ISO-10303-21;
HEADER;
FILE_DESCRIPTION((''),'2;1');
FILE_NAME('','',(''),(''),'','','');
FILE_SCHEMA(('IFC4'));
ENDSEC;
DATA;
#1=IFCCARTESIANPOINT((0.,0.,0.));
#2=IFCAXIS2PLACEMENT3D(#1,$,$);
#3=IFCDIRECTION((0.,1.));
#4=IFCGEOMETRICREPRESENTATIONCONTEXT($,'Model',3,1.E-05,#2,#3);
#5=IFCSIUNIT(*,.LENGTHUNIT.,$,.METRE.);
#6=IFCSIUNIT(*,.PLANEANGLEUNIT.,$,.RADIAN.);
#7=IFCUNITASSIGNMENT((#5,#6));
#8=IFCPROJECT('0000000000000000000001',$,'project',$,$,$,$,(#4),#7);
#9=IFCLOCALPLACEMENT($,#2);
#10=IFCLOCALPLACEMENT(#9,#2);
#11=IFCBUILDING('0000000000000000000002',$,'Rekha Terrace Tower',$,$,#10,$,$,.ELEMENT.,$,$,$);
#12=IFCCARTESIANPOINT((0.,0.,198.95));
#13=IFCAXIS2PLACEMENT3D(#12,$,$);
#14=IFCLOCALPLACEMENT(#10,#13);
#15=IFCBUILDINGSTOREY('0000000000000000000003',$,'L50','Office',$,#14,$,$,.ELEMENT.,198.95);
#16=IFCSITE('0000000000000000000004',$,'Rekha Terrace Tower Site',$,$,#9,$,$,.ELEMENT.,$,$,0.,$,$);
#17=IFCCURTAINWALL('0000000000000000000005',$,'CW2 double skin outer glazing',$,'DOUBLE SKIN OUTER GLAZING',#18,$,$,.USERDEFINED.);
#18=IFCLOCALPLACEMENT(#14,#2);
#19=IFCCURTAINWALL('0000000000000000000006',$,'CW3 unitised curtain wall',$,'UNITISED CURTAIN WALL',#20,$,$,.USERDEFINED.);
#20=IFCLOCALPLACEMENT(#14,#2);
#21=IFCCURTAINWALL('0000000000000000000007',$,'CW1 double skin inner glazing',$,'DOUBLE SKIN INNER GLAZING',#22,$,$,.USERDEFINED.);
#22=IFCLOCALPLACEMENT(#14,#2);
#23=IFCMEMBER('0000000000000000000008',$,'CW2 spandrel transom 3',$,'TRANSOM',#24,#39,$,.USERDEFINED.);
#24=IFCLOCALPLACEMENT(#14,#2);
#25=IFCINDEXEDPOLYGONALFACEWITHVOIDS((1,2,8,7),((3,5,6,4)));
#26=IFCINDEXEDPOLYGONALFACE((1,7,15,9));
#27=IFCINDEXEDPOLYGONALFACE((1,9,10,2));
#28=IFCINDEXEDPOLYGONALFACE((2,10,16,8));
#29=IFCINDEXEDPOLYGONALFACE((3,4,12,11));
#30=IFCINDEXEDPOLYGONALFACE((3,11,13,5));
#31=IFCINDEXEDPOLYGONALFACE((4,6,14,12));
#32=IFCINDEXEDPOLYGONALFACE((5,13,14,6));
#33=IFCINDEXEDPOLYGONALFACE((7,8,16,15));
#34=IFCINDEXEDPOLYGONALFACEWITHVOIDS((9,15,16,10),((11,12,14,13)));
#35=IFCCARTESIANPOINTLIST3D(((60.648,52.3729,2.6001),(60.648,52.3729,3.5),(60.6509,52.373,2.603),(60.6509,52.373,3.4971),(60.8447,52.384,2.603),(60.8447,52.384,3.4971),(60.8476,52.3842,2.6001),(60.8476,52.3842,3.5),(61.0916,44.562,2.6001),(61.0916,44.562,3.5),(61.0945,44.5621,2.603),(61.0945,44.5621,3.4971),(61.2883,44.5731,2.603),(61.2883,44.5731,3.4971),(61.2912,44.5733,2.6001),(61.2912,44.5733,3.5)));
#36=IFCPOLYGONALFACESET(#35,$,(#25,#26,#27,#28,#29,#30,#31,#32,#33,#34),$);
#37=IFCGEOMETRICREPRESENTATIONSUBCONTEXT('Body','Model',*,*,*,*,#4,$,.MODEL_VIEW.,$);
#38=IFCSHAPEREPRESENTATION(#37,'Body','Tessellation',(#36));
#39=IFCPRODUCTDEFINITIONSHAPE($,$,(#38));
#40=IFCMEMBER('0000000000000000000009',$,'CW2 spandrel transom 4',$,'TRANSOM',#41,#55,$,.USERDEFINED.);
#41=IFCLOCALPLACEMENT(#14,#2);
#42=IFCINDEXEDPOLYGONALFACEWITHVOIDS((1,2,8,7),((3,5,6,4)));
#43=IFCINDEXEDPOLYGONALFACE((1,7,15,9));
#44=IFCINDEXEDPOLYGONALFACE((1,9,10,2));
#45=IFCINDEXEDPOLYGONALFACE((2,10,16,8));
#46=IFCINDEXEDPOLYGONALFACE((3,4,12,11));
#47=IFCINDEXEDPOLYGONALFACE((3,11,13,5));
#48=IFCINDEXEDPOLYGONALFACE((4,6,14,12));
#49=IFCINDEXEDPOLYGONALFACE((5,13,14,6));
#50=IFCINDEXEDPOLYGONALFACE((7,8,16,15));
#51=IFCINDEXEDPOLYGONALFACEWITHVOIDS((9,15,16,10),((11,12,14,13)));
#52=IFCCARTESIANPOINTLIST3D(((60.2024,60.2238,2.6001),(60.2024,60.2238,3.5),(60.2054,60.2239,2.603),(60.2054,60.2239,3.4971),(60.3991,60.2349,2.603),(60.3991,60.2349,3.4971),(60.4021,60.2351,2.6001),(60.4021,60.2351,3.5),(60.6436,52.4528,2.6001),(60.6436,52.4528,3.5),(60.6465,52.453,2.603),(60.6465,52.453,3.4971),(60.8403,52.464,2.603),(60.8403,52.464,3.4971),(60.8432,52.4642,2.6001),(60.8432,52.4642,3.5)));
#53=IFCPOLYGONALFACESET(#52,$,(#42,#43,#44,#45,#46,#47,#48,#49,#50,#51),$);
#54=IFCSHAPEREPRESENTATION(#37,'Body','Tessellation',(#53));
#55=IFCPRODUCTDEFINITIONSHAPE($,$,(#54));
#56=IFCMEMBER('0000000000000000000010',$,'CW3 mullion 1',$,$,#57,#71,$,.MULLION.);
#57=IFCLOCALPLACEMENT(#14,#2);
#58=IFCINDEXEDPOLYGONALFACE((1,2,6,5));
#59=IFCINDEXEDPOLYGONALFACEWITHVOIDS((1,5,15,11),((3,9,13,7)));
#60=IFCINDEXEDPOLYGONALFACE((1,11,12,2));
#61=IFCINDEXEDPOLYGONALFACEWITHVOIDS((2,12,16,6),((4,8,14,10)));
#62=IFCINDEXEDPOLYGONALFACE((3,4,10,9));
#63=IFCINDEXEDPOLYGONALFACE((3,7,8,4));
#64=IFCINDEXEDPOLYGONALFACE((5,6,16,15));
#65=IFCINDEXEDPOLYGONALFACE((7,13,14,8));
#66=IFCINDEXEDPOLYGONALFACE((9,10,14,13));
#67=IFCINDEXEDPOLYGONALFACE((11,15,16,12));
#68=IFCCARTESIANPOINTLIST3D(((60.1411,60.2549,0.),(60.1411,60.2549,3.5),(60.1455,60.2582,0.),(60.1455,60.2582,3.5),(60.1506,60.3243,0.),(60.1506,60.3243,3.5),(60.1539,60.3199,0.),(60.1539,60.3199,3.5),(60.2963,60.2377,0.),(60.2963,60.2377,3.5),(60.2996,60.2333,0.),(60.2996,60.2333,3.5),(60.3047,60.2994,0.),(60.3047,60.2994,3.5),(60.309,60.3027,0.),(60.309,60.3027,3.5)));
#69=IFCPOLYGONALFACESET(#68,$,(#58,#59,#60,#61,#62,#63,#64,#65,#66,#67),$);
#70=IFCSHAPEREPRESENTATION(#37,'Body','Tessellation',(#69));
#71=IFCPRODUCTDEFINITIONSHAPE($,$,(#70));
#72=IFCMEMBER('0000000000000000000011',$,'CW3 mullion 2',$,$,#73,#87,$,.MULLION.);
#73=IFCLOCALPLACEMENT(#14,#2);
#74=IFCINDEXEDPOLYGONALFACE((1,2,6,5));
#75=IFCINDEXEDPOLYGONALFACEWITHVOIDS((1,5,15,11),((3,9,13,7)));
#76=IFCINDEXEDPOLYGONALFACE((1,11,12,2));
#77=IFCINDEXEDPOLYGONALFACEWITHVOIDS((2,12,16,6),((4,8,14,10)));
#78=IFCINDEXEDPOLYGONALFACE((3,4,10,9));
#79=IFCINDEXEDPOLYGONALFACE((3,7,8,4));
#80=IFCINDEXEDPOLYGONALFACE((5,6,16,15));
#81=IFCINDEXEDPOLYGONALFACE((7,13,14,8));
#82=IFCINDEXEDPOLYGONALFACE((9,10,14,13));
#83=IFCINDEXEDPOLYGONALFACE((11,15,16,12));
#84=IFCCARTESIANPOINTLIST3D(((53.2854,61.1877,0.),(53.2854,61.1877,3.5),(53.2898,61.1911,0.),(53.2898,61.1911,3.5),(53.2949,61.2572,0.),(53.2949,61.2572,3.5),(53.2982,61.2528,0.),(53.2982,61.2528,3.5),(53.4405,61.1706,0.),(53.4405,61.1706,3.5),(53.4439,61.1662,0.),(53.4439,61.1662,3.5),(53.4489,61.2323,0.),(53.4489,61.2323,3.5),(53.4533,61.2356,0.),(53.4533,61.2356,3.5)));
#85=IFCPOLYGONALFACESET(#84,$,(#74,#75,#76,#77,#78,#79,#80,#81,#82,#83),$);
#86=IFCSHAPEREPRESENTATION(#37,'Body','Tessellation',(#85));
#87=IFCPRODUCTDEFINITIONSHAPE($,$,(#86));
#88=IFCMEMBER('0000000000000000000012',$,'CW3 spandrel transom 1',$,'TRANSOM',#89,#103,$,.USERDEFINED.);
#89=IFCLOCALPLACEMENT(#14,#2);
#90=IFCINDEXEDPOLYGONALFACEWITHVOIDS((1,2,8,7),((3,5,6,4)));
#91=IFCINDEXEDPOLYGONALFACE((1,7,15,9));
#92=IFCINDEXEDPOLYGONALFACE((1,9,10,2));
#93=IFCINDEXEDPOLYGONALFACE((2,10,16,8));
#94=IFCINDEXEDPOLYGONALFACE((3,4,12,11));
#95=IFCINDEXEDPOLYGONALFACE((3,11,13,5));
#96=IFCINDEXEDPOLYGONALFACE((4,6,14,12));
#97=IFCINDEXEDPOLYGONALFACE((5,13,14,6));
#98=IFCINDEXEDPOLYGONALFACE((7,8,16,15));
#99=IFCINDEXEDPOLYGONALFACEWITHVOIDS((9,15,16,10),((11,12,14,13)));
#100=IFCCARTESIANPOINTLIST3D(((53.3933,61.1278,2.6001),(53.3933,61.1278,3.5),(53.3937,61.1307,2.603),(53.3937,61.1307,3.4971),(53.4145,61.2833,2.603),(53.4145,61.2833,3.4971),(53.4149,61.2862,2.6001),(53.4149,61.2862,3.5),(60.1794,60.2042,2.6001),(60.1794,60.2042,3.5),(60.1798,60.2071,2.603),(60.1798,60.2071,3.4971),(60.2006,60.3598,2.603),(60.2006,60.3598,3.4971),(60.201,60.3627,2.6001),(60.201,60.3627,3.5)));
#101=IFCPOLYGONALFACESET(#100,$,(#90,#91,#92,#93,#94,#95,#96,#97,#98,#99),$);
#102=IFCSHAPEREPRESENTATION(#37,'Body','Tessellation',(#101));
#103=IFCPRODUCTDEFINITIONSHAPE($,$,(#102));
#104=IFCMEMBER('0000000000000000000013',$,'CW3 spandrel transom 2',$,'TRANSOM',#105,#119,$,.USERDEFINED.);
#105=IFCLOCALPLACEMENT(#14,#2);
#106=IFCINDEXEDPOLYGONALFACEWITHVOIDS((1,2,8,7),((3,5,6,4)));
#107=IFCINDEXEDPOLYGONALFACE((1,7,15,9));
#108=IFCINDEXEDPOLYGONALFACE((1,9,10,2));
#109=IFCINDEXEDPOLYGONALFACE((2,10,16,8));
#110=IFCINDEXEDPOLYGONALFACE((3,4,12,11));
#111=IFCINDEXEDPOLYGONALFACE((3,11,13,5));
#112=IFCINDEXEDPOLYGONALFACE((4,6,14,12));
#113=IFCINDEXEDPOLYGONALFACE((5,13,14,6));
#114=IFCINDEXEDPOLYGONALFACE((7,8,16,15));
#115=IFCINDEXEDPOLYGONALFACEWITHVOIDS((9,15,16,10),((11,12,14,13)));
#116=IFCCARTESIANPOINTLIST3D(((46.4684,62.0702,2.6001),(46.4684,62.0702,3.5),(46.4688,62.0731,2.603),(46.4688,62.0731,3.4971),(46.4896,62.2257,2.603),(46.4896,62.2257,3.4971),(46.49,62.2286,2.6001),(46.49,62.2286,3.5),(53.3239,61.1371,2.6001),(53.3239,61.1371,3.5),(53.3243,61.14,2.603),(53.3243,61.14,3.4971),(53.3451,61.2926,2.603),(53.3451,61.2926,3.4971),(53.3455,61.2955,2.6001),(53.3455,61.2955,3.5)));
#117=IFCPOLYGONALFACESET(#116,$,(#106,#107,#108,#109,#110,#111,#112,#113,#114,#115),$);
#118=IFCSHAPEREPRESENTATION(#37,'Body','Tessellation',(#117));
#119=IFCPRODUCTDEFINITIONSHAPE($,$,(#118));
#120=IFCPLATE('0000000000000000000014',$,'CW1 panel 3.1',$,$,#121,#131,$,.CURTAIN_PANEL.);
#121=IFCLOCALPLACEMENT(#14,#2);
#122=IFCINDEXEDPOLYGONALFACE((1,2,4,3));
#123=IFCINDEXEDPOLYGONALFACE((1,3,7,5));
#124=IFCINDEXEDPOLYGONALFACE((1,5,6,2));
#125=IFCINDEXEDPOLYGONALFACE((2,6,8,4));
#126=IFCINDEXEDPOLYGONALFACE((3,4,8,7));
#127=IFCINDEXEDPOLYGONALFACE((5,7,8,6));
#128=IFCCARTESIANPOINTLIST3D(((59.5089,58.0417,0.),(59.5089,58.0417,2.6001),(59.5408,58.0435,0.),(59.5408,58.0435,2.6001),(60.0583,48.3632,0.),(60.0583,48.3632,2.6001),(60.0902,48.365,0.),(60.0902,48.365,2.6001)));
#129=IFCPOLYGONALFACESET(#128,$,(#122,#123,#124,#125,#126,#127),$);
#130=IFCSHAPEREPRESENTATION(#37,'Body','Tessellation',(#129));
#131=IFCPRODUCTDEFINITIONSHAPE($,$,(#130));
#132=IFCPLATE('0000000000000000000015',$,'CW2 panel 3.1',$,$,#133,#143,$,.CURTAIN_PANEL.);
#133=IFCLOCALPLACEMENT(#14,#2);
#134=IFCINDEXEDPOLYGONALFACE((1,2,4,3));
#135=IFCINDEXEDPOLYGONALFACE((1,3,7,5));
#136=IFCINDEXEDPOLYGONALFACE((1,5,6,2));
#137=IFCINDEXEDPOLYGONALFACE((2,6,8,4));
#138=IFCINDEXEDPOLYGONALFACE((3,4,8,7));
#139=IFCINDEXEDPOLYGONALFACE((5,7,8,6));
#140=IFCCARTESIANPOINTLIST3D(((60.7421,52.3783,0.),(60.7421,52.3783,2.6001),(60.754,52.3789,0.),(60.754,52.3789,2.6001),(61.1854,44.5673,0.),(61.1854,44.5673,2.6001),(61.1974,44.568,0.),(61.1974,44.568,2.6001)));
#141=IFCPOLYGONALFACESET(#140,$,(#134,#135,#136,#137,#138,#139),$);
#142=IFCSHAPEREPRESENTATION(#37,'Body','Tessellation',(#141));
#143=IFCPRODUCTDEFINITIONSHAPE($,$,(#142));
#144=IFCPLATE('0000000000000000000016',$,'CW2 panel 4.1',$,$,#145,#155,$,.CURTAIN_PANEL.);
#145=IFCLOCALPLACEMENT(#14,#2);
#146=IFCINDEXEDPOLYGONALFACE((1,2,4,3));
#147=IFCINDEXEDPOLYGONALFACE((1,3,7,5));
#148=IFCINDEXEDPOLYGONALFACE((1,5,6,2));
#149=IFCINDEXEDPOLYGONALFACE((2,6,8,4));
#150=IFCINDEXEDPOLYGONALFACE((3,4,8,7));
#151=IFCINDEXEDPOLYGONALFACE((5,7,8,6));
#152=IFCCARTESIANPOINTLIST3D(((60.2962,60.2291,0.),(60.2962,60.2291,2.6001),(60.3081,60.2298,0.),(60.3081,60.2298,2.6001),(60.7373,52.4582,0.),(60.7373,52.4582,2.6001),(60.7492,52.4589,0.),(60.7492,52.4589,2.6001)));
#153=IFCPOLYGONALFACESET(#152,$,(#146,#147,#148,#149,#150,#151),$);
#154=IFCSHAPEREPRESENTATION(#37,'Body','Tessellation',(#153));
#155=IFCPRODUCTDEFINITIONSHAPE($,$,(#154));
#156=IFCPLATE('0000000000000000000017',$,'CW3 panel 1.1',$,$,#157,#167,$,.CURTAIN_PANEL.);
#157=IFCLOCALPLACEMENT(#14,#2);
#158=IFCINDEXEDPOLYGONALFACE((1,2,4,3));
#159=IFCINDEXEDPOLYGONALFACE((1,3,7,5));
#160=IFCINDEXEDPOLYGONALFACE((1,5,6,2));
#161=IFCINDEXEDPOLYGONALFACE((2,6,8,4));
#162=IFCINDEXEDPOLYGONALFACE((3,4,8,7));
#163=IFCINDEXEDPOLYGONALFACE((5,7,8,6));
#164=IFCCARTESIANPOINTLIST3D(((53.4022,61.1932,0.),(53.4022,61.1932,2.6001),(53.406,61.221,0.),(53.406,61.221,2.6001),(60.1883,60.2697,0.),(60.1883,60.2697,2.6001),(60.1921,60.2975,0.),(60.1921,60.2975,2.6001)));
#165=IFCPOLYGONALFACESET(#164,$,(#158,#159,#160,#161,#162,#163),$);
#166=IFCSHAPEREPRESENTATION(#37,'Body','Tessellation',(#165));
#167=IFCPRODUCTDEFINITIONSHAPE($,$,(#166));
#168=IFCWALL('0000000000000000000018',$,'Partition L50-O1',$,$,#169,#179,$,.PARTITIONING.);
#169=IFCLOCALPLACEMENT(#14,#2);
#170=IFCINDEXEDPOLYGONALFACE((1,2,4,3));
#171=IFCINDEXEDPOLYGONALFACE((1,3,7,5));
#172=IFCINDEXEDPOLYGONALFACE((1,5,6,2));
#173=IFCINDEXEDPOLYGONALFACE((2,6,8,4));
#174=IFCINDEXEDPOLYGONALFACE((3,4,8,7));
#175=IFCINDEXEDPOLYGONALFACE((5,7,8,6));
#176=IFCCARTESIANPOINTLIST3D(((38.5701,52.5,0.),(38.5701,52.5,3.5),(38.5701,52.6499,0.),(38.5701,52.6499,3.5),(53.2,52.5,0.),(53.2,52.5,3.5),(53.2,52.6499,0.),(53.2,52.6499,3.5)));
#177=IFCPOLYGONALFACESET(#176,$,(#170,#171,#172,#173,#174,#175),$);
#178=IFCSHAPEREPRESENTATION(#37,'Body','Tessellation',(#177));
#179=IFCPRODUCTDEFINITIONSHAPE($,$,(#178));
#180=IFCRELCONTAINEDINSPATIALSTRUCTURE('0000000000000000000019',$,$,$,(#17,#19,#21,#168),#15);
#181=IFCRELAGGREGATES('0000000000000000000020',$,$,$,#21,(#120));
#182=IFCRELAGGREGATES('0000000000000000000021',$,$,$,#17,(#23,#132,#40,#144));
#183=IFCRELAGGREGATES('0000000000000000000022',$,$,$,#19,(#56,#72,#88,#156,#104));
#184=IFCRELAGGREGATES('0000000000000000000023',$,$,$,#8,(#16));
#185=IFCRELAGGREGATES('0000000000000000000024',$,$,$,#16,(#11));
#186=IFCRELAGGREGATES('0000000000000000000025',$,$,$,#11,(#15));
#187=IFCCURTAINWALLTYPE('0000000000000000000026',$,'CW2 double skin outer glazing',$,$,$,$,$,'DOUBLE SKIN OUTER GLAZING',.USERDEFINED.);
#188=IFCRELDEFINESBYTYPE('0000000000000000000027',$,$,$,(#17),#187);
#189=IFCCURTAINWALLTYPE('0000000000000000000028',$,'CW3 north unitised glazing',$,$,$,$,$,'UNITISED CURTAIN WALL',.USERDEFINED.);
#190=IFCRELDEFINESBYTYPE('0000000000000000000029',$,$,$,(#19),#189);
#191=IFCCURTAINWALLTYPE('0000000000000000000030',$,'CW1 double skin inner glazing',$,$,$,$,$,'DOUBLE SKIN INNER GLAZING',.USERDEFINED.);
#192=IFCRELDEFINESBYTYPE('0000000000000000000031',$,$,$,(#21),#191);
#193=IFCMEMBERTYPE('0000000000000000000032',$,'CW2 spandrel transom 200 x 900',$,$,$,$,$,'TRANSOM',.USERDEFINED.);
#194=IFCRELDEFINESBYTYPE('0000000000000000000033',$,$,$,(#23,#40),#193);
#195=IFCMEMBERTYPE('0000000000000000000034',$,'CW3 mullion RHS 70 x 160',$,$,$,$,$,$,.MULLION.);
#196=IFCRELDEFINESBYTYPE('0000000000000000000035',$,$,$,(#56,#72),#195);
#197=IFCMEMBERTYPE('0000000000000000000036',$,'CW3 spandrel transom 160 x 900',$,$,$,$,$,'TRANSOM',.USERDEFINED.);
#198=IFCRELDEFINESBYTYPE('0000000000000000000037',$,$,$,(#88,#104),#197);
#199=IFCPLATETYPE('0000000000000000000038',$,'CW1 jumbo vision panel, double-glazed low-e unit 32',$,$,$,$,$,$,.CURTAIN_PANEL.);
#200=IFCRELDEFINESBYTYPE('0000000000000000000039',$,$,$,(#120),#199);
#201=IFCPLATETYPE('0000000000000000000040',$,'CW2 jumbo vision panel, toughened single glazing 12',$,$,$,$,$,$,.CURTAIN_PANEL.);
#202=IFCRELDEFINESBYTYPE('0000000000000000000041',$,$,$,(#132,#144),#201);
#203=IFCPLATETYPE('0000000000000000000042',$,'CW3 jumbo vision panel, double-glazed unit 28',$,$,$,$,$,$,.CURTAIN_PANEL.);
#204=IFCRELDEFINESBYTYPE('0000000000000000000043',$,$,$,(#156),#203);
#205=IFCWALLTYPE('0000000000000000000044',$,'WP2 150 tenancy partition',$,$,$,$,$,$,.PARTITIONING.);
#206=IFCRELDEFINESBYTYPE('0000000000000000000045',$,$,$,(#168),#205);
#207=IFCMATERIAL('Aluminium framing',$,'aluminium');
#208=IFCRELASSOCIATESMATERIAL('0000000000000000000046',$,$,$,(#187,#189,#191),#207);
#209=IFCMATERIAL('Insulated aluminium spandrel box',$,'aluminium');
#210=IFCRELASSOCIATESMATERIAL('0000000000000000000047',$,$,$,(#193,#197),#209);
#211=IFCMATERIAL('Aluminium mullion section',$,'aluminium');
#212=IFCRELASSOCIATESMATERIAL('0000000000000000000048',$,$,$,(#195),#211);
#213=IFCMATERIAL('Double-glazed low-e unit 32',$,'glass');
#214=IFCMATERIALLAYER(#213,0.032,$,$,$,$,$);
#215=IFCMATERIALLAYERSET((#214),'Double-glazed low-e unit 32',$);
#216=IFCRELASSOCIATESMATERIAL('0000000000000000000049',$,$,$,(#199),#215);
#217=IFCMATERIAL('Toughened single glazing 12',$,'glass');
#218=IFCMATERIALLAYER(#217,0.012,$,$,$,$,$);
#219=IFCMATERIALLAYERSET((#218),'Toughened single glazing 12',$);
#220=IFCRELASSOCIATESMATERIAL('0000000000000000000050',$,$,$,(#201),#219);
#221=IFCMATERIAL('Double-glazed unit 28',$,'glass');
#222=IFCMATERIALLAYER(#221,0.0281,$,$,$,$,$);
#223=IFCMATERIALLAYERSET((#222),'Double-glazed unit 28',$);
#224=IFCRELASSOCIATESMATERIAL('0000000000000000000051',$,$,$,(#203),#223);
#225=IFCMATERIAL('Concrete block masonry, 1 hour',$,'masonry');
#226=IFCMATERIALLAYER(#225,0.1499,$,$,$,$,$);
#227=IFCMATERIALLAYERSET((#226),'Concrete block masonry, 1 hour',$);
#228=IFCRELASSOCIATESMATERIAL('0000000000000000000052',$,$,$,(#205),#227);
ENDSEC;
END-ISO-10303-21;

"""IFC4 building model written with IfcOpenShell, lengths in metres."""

from ifc_helpers import new_model, si_unit, direction, frame, frame_2d, origin, origin_2d, place, context, subcontext, project, spatial, rectangle, hollow_rectangle, extrude, material, layer, layer_set, material_profile, profile_set, type_object, element, aggregate, save


model = new_model("IFC4")

# Units and contexts
model_context = context("Model", 3, precision=1e-05, world=origin(), true_north=direction((0.0, 1.0)))
body_context = subcontext(model_context, "Body", "Model", "MODEL_VIEW")
ifc_project = project(units=[si_unit("LENGTHUNIT", "METRE"), si_unit("PLANEANGLEUNIT", "RADIAN")], contexts=[model_context])

# Site, building, storey
site_placement = place(None, origin())
site = spatial("IfcSite", under=ifc_project, at=site_placement, Name="Rekha Terrace Tower Site", CompositionType="ELEMENT", RefElevation=0.0)
building_placement = place(site_placement, origin())
building = spatial("IfcBuilding", under=site, at=building_placement, Name="Rekha Terrace Tower", CompositionType="ELEMENT")
storey_placement = place(building_placement, frame((0.0, 0.0, 198.95)))
storey = spatial("IfcBuildingStorey", under=building, at=storey_placement, Name="L50", Description="Office", CompositionType="ELEMENT", Elevation=198.95)

# Curtain wall
ifc_material_1 = material(Name="Aluminium framing", Category="aluminium")
curtain_wall_type_1 = type_object("IfcCurtainWallType", Name="CW2 double skin outer glazing", ElementType="DOUBLE SKIN OUTER GLAZING", PredefinedType="USERDEFINED", material=ifc_material_1)
curtain_wall_1_placement = place(storey_placement, origin())
curtain_wall_1 = element("IfcCurtainWall", 1, at=curtain_wall_1_placement, inside=storey, type_object=curtain_wall_type_1, Name="CW2 double skin outer glazing", ObjectType="DOUBLE SKIN OUTER GLAZING", PredefinedType="USERDEFINED")

# Curtain wall
curtain_wall_type_2 = type_object("IfcCurtainWallType", Name="CW3 north unitised glazing", ElementType="UNITISED CURTAIN WALL", PredefinedType="USERDEFINED", material=ifc_material_1)
curtain_wall_2_placement = place(storey_placement, origin())
curtain_wall_2 = element("IfcCurtainWall", 2, at=curtain_wall_2_placement, inside=storey, type_object=curtain_wall_type_2, Name="CW3 unitised curtain wall", ObjectType="UNITISED CURTAIN WALL", PredefinedType="USERDEFINED")

# Curtain wall
curtain_wall_type_3 = type_object("IfcCurtainWallType", Name="CW1 double skin inner glazing", ElementType="DOUBLE SKIN INNER GLAZING", PredefinedType="USERDEFINED", material=ifc_material_1)
curtain_wall_3_placement = place(storey_placement, origin())
curtain_wall_3 = element("IfcCurtainWall", 3, at=curtain_wall_3_placement, inside=storey, type_object=curtain_wall_type_3, Name="CW1 double skin inner glazing", ObjectType="DOUBLE SKIN INNER GLAZING", PredefinedType="USERDEFINED")
ifc_material_2 = material(Name="Aluminium mullion section", Category="aluminium")
ifc_material_3 = material(Name="Insulated aluminium spandrel box", Category="aluminium")

# Members
ifc_material_profile_1 = material_profile(ifc_material_3, hollow_rectangle(XDim=0.2, YDim=0.8999, WallThickness=0.0029, at=origin_2d()), Name="AL SPANDREL BOX 200x900")
ifc_profile_set_1 = profile_set([ifc_material_profile_1], Name="Insulated aluminium spandrel box")
member_type_1 = type_object("IfcMemberType", Name="CW2 spandrel transom 200 x 900", ElementType="TRANSOM", PredefinedType="USERDEFINED", material=ifc_profile_set_1)
member_1_placement = place(storey_placement, frame((61.1914, 44.5676, 3.05), z_axis=(-0.056702, 0.998391, 0.0), x_axis=(-0.998391, -0.056702, 0.0)))
member_1 = element("IfcMember", 4, at=member_1_placement, type_object=member_type_1, Name="CW2 spandrel transom 3", ObjectType="TRANSOM", PredefinedType="USERDEFINED", context=body_context, shape_type="SweptSolid", body=[
    extrude(hollow_rectangle(XDim=0.2, YDim=0.8999, WallThickness=0.0029, at=origin_2d()), origin(), (0.0, 0.0, 1.0), 7.8235),
])
member_2_placement = place(storey_placement, frame((60.7434, 52.4585, 3.05), z_axis=(-0.056679, 0.998392, 0.0), x_axis=(-0.998392, -0.056679, 0.0)))
member_2 = element("IfcMember", 5, at=member_2_placement, type_object=member_type_1, Name="CW2 spandrel transom 4", ObjectType="TRANSOM", PredefinedType="USERDEFINED", context=body_context, shape_type="SweptSolid", body=[
    extrude(hollow_rectangle(XDim=0.2, YDim=0.8999, WallThickness=0.0029, at=origin_2d()), origin(), (0.0, 0.0, 1.0), 7.7834),
])
ifc_material_profile_2 = material_profile(ifc_material_2, hollow_rectangle(XDim=0.0701, YDim=0.1599, WallThickness=0.0039, at=origin_2d()), Name="AL RHS 70x160")
ifc_profile_set_2 = profile_set([ifc_material_profile_2], Name="Aluminium mullion section")
member_type_2 = type_object("IfcMemberType", Name="CW3 mullion RHS 70 x 160", PredefinedType="MULLION", material=ifc_profile_set_2)
member_3_placement = place(storey_placement, frame((60.2251, 60.2788, 0.0), z_axis=(0.0, 0.0, 1.0), x_axis=(-0.134841, -0.990867, 0.0)))
member_3 = element("IfcMember", 6, at=member_3_placement, type_object=member_type_2, Name="CW3 mullion 1", PredefinedType="MULLION", context=body_context, shape_type="SweptSolid", body=[
    extrude(hollow_rectangle(XDim=0.0701, YDim=0.1599, WallThickness=0.0039, at=origin_2d()), origin(), (0.0, 0.0, 1.0), 3.5),
])
member_4_placement = place(storey_placement, frame((53.3694, 61.2117, 0.0), z_axis=(0.0, 0.0, 1.0), x_axis=(-0.134841, -0.990867, 0.0)))
member_4 = element("IfcMember", 7, at=member_4_placement, type_object=member_type_2, Name="CW3 mullion 2", PredefinedType="MULLION", context=body_context, shape_type="SweptSolid", body=[
    extrude(hollow_rectangle(XDim=0.0701, YDim=0.1599, WallThickness=0.0039, at=origin_2d()), origin(), (0.0, 0.0, 1.0), 3.5),
])
ifc_material_profile_3 = material_profile(ifc_material_3, hollow_rectangle(XDim=0.1599, YDim=0.8999, WallThickness=0.0029, at=origin_2d()), Name="AL SPANDREL BOX 160x900")
ifc_profile_set_3 = profile_set([ifc_material_profile_3], Name="Insulated aluminium spandrel box")
member_type_3 = type_object("IfcMemberType", Name="CW3 spandrel transom 160 x 900", ElementType="TRANSOM", PredefinedType="USERDEFINED", material=ifc_profile_set_3)
member_5_placement = place(storey_placement, frame((60.1902, 60.2834, 3.05), z_axis=(-0.990865, 0.134855, 0.0), x_axis=(-0.134855, -0.990865, 0.0)))
member_5 = element("IfcMember", 8, at=member_5_placement, type_object=member_type_3, Name="CW3 spandrel transom 1", ObjectType="TRANSOM", PredefinedType="USERDEFINED", context=body_context, shape_type="SweptSolid", body=[
    extrude(hollow_rectangle(XDim=0.1599, YDim=0.8999, WallThickness=0.0029, at=origin_2d()), origin(), (0.0, 0.0, 1.0), 6.8486),
])
member_6_placement = place(storey_placement, frame((53.3347, 61.2163, 3.05), z_axis=(-0.990864, 0.134868, 0.0), x_axis=(-0.134868, -0.990864, 0.0)))
member_6 = element("IfcMember", 9, at=member_6_placement, type_object=member_type_3, Name="CW3 spandrel transom 2", ObjectType="TRANSOM", PredefinedType="USERDEFINED", context=body_context, shape_type="SweptSolid", body=[
    extrude(hollow_rectangle(XDim=0.1599, YDim=0.8999, WallThickness=0.0029, at=origin_2d()), origin(), (0.0, 0.0, 1.0), 6.9187),
])

# Plates
ifc_material_4 = material(Name="Double-glazed low-e unit 32", Category="glass")
ifc_layer_1 = layer(ifc_material_4, 0.032)
ifc_layer_set_1 = layer_set([ifc_layer_1], Name="Double-glazed low-e unit 32")
plate_type_1 = type_object("IfcPlateType", Name="CW1 jumbo vision panel, double-glazed low-e unit 32", PredefinedType="CURTAIN_PANEL", material=ifc_layer_set_1)
plate_1_placement = place(storey_placement, frame((59.7996, 53.2034, 0.0), z_axis=(0.0, 0.0, 1.0), x_axis=(-0.056673, 0.998393, 0.0)))
plate_1 = element("IfcPlate", 10, at=plate_1_placement, type_object=plate_type_1, Name="CW1 panel 3.1", PredefinedType="CURTAIN_PANEL", context=body_context, shape_type="SweptSolid", body=[
    extrude(rectangle(XDim=9.6941, YDim=0.032, at=origin_2d()), origin(), (0.0, 0.0, 1.0), 2.6001),
])
aggregate(curtain_wall_3, [plate_1])
ifc_material_5 = material(Name="Toughened single glazing 12", Category="glass")
ifc_layer_2 = layer(ifc_material_5, 0.012)
ifc_layer_set_2 = layer_set([ifc_layer_2], Name="Toughened single glazing 12")
plate_type_2 = type_object("IfcPlateType", Name="CW2 jumbo vision panel, toughened single glazing 12", PredefinedType="CURTAIN_PANEL", material=ifc_layer_set_2)
plate_2_placement = place(storey_placement, frame((60.9697, 48.4731, 0.0), z_axis=(0.0, 0.0, 1.0), x_axis=(-0.056673, 0.998393, 0.0)))
plate_2 = element("IfcPlate", 11, at=plate_2_placement, type_object=plate_type_2, Name="CW2 panel 3.1", PredefinedType="CURTAIN_PANEL", context=body_context, shape_type="SweptSolid", body=[
    extrude(rectangle(XDim=7.8235, YDim=0.012, at=origin_2d()), origin(), (0.0, 0.0, 1.0), 2.6001),
])
plate_3_placement = place(storey_placement, frame((60.5227, 56.344, 0.0), z_axis=(0.0, 0.0, 1.0), x_axis=(-0.056673, 0.998393, 0.0)))
plate_3 = element("IfcPlate", 12, at=plate_3_placement, type_object=plate_type_2, Name="CW2 panel 4.1", PredefinedType="CURTAIN_PANEL", context=body_context, shape_type="SweptSolid", body=[
    extrude(rectangle(XDim=7.7834, YDim=0.012, at=origin_2d()), origin(), (0.0, 0.0, 1.0), 2.6001),
])
aggregate(curtain_wall_1, [member_1, plate_2, member_2, plate_3])
ifc_material_6 = material(Name="Double-glazed unit 28", Category="glass")
ifc_layer_3 = layer(ifc_material_6, 0.0281)
ifc_layer_set_3 = layer_set([ifc_layer_3], Name="Double-glazed unit 28")
plate_type_3 = type_object("IfcPlateType", Name="CW3 jumbo vision panel, double-glazed unit 28", PredefinedType="CURTAIN_PANEL", material=ifc_layer_set_3)
plate_4_placement = place(storey_placement, frame((56.7971, 60.7454, 0.0), z_axis=(0.0, 0.0, 1.0), x_axis=(-0.990867, 0.134841, 0.0)))
plate_4 = element("IfcPlate", 13, at=plate_4_placement, type_object=plate_type_3, Name="CW3 panel 1.1", PredefinedType="CURTAIN_PANEL", context=body_context, shape_type="SweptSolid", body=[
    extrude(rectangle(XDim=6.8486, YDim=0.0281, at=origin_2d()), origin(), (0.0, 0.0, 1.0), 2.6001),
])
aggregate(curtain_wall_2, [member_3, member_4, member_5, plate_4, member_6])

# Wall
ifc_material_7 = material(Name="Concrete block masonry, 1 hour", Category="masonry")
ifc_layer_4 = layer(ifc_material_7, 0.1499)
ifc_layer_set_4 = layer_set([ifc_layer_4], Name="Concrete block masonry, 1 hour")
wall_type_1 = type_object("IfcWallType", Name="WP2 150 tenancy partition", PredefinedType="PARTITIONING", material=ifc_layer_set_4)
wall_1_placement = place(storey_placement, frame((53.2, 52.575, 0.0), z_axis=(0.0, 0.0, 1.0), x_axis=(-1.0, 0.0, 0.0)))
element("IfcWall", 14, at=wall_1_placement, inside=storey, type_object=wall_type_1, Name="Partition L50-O1", PredefinedType="PARTITIONING", context=body_context, shape_type="SweptSolid", body=[
    extrude(rectangle(XDim=14.6299, YDim=0.1499, at=frame_2d((7.3149, 0.0))), origin(), (0.0, 0.0, 1.0), 3.5),
])

save(model, "model.ifc")
